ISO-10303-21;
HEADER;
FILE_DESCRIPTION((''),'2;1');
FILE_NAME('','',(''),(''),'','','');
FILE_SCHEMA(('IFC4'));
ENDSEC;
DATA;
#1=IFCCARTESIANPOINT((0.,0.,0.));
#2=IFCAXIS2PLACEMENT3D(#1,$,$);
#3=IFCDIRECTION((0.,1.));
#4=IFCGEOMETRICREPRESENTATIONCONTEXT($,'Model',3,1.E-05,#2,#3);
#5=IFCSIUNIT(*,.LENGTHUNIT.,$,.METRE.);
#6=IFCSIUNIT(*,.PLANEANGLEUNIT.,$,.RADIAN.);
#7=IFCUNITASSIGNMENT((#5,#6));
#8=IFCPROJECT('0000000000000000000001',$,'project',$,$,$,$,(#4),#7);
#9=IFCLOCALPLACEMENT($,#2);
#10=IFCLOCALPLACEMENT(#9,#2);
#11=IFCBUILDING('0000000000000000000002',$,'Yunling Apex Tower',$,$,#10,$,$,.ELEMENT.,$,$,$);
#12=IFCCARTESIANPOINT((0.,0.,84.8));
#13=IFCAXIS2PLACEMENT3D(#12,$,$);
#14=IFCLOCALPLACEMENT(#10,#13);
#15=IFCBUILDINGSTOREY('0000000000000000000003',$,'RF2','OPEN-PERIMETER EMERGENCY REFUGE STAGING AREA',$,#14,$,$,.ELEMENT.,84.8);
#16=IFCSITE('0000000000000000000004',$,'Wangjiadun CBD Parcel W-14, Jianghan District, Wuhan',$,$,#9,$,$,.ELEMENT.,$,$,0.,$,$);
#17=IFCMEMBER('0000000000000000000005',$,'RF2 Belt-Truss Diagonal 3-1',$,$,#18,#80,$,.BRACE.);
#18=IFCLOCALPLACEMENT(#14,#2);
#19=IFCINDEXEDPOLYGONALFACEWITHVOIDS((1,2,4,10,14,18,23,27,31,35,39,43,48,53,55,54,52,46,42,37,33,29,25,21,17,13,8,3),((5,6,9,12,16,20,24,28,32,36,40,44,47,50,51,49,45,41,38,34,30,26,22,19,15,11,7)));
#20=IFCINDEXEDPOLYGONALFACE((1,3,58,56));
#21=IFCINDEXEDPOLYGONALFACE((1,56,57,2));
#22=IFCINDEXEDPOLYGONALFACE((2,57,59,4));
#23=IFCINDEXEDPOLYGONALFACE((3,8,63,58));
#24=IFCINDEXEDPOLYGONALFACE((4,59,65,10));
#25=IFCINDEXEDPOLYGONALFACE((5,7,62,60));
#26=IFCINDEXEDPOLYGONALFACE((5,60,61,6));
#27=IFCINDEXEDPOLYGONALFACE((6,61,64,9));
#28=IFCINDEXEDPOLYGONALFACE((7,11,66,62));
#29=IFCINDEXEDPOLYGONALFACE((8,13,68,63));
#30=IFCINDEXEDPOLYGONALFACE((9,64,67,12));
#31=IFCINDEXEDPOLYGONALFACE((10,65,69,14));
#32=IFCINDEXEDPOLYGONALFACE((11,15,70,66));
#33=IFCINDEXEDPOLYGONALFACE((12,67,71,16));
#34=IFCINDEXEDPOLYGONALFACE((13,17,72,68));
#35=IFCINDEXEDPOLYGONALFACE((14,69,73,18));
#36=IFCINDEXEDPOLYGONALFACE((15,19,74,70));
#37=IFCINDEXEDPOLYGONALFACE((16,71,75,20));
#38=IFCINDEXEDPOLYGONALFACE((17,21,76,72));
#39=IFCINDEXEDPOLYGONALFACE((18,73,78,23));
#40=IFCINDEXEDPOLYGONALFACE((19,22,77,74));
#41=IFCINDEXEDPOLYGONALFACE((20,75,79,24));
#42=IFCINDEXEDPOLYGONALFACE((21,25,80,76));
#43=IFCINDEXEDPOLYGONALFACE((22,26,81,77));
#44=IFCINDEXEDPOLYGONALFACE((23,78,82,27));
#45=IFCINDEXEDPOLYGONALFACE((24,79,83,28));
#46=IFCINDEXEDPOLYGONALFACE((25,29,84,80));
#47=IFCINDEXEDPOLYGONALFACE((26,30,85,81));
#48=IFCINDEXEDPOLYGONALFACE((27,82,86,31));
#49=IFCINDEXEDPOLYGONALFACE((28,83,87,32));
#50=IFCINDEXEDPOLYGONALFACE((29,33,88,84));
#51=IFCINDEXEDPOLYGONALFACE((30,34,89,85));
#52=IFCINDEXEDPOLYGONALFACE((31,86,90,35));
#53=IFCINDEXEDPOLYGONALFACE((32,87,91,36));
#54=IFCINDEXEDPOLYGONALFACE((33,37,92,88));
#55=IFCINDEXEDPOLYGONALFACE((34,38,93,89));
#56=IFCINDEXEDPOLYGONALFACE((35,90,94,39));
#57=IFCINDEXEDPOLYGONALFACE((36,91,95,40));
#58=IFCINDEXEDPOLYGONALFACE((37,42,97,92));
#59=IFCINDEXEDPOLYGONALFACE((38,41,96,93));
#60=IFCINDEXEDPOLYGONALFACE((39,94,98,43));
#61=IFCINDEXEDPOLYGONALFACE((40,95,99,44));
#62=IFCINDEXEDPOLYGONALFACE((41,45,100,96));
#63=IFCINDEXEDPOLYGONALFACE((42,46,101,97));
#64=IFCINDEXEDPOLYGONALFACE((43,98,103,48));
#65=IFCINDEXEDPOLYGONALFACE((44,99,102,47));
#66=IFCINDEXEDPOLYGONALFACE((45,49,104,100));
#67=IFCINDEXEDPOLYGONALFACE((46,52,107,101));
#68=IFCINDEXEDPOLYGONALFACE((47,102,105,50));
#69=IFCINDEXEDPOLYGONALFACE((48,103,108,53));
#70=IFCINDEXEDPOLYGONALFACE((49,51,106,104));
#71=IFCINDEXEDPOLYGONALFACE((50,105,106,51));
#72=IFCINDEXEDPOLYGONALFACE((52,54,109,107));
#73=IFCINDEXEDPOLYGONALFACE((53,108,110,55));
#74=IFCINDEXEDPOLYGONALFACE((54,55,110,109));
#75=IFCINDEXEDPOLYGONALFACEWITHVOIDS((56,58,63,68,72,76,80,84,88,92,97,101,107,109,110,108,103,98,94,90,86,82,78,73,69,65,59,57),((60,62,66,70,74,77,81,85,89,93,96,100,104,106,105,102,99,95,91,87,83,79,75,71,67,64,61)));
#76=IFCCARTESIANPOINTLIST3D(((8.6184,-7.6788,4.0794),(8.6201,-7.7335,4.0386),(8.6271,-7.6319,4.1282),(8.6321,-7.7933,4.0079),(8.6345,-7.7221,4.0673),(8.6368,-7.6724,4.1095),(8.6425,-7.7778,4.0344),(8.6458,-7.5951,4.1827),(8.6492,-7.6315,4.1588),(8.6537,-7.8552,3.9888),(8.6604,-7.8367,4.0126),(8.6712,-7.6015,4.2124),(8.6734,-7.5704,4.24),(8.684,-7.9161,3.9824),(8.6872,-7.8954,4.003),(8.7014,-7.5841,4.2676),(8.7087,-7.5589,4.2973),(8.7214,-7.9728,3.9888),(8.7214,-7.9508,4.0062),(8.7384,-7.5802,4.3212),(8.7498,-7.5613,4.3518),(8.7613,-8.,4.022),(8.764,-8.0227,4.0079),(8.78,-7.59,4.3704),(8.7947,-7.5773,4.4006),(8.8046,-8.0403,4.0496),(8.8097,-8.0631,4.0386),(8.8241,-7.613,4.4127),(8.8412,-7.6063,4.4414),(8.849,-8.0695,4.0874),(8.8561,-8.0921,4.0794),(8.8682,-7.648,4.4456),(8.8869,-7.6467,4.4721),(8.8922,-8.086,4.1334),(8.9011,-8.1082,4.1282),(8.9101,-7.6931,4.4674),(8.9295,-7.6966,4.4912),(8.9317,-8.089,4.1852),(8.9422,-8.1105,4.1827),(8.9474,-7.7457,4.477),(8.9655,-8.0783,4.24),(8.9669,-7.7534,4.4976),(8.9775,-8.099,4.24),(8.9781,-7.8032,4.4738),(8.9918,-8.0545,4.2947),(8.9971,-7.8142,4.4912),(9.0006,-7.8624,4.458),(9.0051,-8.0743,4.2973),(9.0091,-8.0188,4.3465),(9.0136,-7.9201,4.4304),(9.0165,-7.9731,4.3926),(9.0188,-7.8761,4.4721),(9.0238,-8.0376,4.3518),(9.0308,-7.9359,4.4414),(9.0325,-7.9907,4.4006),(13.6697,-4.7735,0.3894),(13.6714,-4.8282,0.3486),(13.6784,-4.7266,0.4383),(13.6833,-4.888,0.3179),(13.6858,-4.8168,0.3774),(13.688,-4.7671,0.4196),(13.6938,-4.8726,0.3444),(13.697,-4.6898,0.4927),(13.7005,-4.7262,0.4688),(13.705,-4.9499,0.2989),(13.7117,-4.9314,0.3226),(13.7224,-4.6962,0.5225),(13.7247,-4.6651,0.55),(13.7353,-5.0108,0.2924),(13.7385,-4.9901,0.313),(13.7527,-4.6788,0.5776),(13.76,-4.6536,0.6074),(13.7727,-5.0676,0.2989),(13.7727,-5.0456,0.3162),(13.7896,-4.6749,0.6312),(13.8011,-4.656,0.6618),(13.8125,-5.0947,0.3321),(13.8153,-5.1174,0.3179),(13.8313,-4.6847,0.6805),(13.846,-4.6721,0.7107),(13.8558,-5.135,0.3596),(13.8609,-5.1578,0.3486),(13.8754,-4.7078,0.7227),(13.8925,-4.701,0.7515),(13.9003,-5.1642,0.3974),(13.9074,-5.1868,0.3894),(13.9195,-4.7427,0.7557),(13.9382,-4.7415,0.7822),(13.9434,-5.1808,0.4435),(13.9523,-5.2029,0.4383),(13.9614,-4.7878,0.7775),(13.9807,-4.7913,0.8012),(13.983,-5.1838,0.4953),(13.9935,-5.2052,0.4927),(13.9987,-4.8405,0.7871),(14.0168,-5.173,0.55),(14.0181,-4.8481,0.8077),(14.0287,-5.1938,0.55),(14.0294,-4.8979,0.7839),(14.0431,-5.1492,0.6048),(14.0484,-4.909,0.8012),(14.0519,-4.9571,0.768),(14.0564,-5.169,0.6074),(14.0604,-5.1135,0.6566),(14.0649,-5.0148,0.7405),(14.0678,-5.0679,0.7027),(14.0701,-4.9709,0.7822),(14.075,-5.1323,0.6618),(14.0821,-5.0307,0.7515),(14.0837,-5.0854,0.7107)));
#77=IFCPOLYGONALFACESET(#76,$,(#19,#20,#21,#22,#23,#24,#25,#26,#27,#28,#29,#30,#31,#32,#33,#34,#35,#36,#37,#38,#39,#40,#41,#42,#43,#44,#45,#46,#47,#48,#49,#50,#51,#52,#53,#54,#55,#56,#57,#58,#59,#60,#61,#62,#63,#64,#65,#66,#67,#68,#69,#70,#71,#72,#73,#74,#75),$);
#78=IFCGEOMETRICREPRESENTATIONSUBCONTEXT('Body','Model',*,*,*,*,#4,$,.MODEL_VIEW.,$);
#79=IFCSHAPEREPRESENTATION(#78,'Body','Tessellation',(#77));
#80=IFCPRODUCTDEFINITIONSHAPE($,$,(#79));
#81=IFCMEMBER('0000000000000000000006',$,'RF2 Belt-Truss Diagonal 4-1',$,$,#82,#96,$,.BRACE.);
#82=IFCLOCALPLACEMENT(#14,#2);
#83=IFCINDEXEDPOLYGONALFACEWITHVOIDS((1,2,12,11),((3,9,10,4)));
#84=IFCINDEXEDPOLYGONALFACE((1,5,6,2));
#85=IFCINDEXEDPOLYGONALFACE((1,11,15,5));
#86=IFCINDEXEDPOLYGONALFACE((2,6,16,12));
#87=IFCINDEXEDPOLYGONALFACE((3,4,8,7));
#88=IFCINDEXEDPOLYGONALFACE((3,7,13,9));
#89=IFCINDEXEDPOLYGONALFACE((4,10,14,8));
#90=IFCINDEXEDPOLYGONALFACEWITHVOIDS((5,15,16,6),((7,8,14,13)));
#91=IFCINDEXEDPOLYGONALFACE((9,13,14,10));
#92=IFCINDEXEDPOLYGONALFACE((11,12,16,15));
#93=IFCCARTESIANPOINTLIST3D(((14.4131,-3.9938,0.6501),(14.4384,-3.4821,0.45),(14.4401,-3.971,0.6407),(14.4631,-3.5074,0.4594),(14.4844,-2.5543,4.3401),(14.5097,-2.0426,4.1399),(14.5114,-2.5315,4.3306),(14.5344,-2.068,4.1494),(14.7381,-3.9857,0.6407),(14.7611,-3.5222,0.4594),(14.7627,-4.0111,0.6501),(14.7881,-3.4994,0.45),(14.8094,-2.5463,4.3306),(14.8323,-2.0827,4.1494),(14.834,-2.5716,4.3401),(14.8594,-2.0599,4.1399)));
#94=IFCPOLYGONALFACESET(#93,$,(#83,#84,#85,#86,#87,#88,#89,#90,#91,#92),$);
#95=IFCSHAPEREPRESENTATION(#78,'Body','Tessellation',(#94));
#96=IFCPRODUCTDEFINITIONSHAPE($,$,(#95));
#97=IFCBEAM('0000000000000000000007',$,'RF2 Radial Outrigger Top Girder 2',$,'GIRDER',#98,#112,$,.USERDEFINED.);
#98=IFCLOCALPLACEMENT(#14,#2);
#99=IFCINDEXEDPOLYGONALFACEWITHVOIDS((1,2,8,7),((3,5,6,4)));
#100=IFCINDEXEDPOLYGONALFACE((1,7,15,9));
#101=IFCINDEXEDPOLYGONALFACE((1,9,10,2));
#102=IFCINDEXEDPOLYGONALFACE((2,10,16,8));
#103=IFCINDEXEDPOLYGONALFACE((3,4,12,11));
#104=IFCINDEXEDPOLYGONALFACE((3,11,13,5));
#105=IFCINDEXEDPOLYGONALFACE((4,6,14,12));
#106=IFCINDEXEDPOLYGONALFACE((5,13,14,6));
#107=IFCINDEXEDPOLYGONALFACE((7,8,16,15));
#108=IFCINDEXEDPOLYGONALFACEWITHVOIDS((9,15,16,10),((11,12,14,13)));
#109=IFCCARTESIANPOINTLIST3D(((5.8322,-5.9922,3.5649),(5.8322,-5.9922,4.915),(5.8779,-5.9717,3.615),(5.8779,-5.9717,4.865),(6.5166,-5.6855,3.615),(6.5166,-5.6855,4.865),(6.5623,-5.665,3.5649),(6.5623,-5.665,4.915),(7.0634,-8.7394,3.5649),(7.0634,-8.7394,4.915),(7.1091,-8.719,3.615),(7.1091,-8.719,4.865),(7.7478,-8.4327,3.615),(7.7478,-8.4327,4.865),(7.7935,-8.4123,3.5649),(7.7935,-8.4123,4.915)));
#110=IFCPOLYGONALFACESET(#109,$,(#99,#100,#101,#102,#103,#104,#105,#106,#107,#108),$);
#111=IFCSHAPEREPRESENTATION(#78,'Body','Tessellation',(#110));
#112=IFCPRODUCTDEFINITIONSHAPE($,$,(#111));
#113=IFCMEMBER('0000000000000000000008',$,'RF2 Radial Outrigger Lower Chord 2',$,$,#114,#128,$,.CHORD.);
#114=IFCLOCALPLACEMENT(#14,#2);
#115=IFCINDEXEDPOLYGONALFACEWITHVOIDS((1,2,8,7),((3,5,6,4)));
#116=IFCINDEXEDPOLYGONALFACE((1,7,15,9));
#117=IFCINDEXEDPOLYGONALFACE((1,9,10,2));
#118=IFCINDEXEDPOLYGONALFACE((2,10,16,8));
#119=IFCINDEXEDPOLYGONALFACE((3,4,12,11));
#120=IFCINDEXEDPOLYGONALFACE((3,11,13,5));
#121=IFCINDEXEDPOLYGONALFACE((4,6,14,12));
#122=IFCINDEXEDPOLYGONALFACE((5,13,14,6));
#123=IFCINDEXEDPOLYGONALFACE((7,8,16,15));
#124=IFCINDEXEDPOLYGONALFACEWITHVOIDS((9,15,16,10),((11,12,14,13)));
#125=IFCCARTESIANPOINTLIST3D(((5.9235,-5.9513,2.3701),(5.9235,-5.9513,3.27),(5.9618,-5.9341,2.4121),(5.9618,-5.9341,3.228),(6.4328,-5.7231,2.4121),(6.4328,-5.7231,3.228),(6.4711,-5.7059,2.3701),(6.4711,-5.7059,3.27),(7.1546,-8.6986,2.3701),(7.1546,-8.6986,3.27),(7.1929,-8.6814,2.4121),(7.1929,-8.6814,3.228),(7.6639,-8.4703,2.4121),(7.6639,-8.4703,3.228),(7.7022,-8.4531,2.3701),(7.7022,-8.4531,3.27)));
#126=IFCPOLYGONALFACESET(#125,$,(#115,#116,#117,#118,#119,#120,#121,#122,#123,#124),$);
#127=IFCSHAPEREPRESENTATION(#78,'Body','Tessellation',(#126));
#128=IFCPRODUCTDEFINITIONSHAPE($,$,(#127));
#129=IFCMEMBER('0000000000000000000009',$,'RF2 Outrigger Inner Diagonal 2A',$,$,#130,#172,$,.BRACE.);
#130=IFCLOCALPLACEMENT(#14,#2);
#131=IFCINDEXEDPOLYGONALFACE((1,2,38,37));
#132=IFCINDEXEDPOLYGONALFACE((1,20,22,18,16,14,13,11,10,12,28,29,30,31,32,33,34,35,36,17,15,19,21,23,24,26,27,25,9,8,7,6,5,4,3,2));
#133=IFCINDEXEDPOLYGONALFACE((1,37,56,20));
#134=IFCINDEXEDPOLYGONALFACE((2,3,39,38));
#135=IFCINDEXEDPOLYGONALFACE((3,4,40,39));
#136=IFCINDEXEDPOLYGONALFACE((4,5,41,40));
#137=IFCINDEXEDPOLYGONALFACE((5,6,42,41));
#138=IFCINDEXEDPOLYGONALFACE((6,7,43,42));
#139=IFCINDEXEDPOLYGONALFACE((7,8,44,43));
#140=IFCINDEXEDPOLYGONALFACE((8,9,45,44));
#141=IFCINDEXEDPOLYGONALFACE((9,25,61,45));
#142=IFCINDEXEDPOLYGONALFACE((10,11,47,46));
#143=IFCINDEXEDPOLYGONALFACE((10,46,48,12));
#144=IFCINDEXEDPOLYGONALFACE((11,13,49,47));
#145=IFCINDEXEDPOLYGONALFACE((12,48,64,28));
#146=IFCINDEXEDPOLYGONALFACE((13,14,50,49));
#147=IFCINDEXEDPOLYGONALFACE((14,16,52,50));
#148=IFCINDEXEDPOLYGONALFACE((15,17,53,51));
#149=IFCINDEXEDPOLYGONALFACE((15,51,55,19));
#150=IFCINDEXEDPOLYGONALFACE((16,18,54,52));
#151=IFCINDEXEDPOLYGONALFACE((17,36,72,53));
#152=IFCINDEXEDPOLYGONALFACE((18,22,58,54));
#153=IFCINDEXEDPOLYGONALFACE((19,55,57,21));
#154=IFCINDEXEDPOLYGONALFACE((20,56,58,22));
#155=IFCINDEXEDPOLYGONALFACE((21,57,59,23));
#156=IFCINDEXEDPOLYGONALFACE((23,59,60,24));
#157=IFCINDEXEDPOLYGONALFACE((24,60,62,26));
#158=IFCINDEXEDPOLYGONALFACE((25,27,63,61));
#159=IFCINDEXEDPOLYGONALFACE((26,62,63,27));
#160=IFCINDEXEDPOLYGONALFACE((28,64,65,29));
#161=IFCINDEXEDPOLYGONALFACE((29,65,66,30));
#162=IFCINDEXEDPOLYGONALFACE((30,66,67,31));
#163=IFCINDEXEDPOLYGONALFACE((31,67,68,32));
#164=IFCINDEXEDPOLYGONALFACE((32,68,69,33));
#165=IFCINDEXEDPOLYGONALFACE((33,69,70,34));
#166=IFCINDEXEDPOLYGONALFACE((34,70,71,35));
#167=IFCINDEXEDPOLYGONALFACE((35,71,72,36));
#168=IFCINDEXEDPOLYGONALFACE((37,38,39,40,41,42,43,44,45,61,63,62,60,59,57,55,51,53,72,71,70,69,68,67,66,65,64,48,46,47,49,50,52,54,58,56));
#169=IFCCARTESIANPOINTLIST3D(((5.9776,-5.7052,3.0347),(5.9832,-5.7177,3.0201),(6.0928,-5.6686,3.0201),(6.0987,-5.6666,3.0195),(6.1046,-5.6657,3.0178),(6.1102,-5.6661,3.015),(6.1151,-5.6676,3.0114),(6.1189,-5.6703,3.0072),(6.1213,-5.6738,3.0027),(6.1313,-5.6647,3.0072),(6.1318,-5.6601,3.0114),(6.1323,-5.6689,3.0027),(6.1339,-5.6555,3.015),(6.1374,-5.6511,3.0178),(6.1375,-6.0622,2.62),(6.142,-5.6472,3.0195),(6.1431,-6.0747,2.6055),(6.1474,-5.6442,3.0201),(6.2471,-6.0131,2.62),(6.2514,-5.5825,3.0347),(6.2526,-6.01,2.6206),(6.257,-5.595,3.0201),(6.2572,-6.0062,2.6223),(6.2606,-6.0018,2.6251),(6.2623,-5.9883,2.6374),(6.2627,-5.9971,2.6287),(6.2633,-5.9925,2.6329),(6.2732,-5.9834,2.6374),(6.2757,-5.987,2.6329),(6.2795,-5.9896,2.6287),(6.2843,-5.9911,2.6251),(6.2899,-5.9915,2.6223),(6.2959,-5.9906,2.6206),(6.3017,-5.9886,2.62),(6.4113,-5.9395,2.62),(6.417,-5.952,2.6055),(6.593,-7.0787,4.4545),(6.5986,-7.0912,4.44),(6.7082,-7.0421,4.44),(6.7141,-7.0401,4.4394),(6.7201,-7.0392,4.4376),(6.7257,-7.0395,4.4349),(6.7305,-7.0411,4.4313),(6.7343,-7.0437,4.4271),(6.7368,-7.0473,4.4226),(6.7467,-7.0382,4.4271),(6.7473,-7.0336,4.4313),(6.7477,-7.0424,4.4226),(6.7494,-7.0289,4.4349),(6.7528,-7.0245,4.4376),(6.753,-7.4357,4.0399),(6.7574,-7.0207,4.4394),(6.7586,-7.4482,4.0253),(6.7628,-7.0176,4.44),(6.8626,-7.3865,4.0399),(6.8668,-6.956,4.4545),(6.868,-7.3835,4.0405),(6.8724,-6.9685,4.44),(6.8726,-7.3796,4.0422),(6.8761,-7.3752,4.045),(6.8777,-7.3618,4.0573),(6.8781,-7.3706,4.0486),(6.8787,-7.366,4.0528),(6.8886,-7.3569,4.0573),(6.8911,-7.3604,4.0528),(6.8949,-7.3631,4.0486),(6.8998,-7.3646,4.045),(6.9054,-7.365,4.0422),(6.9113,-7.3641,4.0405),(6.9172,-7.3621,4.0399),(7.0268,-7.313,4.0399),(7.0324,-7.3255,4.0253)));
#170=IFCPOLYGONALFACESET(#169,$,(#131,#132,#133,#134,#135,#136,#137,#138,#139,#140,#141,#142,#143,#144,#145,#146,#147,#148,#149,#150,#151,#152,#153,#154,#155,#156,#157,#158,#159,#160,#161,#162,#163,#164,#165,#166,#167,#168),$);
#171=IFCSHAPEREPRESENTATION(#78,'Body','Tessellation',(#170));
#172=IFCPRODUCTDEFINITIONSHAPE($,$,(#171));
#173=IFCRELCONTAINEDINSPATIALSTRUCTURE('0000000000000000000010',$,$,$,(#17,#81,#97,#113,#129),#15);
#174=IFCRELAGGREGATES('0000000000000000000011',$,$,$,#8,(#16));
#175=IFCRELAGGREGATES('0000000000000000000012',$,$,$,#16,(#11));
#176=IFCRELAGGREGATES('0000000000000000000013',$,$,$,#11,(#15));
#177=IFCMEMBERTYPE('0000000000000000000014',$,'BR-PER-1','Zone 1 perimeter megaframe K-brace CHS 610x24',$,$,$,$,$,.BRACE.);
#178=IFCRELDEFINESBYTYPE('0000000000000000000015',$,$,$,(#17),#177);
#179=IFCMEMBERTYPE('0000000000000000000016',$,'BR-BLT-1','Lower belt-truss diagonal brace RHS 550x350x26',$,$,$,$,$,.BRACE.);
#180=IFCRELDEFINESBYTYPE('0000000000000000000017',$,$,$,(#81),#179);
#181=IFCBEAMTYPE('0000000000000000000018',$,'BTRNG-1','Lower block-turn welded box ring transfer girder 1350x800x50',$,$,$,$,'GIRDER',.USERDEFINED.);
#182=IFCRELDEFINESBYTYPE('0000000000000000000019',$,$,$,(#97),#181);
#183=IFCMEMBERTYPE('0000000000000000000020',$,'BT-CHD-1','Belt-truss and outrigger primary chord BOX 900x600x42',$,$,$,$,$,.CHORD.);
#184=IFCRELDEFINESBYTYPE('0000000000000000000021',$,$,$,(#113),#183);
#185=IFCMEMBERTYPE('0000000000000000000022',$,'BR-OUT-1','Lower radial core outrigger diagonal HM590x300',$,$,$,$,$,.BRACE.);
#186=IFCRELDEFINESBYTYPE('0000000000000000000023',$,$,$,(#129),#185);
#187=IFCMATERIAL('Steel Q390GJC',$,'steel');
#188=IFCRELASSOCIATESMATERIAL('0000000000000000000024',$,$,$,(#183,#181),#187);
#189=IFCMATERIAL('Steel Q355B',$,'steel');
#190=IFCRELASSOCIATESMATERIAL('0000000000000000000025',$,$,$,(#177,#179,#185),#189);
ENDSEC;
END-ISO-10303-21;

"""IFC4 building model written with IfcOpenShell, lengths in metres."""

from ifc_helpers import new_model, si_unit, direction, frame, origin, origin_2d, place, context, subcontext, project, spatial, hollow_rectangle, hollow_circle, i_section, extrude, source, transform, mapped, material, material_profile, profile_set, type_object, element, save


model = new_model("IFC4")

# Units and contexts
model_context = context("Model", 3, precision=1e-05, world=origin(), true_north=direction((0.0, 1.0)))
body_context = subcontext(model_context, "Body", "Model", "MODEL_VIEW")
ifc_project = project(units=[si_unit("LENGTHUNIT", "METRE"), si_unit("PLANEANGLEUNIT", "RADIAN")], contexts=[model_context])

# Site, building, storey
site_placement = place(None, origin())
site = spatial("IfcSite", under=ifc_project, at=site_placement, Name="Wangjiadun CBD Parcel W-14, Jianghan District, Wuhan", CompositionType="ELEMENT", RefElevation=0.0)
building_placement = place(site_placement, origin())
building = spatial("IfcBuilding", under=site, at=building_placement, Name="Yunling Apex Tower", CompositionType="ELEMENT")
storey_placement = place(building_placement, frame((0.0, 0.0, 84.8)))
storey = spatial("IfcBuildingStorey", under=building, at=storey_placement, Name="RF2", Description="OPEN-PERIMETER EMERGENCY REFUGE STAGING AREA", CompositionType="ELEMENT", Elevation=84.8)

# Shared definitions
ifc_material_1 = material(Name="Steel Q390GJC", Category="steel")

# Shared definitions
ifc_material_2 = material(Name="Steel Q355B", Category="steel")

# Shared definitions
ifc_material_profile_1 = material_profile(ifc_material_1, hollow_rectangle(XDim=0.6001, YDim=0.8999, WallThickness=0.042, at=origin_2d()))
ifc_profile_set_1 = profile_set([ifc_material_profile_1], Name="Steel Q390GJC")
member_type_1 = type_object("IfcMemberType", Name="BT-CHD-1", Description="Belt-truss and outrigger primary chord BOX 900x600x42", PredefinedType="CHORD", material=ifc_profile_set_1)

# Shared definitions
ifc_material_profile_2 = material_profile(ifc_material_1, hollow_rectangle(XDim=0.8, YDim=1.3501, WallThickness=0.05, at=origin_2d()))
ifc_profile_set_2 = profile_set([ifc_material_profile_2], Name="Steel Q390GJC")
beam_type_1 = type_object("IfcBeamType", Name="BTRNG-1", Description="Lower block-turn welded box ring transfer girder 1350x800x50", ElementType="GIRDER", PredefinedType="USERDEFINED", material=ifc_profile_set_2)

# Members
ifc_material_profile_3 = material_profile(ifc_material_2, hollow_circle(Radius=0.3049, WallThickness=0.0239, at=origin_2d()))
ifc_profile_set_3 = profile_set([ifc_material_profile_3], Name="Steel Q355B")
member_type_2 = type_object("IfcMemberType", Name="BR-PER-1", Description="Zone 1 perimeter megaframe K-brace CHS 610x24", PredefinedType="BRACE", material=ifc_profile_set_3)
shared_shape_1 = source(origin(), body_context, "Body", "SweptSolid", [
    extrude(hollow_circle(Radius=0.3049, WallThickness=0.0239, at=origin_2d()), origin(), (0.0, 0.0, 1.0), 6.8972),
])
member_1_placement = place(storey_placement, frame((13.8767, -4.9294, 0.55), z_axis=(-0.732363, -0.421224, 0.53499), x_axis=(0.498573, -0.866847, 0.0)))
element("IfcMember", 1, at=member_1_placement, inside=storey, type_object=member_type_2, Name="RF2 Belt-Truss Diagonal 3-1", PredefinedType="BRACE", context=body_context, shape_type="MappedRepresentation", body=[
    mapped(shared_shape_1, transform((0.0, 0.0, 0.0), scale=1.0)),
])
ifc_material_profile_4 = material_profile(ifc_material_2, hollow_rectangle(XDim=0.3501, YDim=0.55, WallThickness=0.0259, at=origin_2d()))
ifc_profile_set_4 = profile_set([ifc_material_profile_4], Name="Steel Q355B")
member_type_3 = type_object("IfcMemberType", Name="BR-BLT-1", Description="Lower belt-truss diagonal brace RHS 550x350x26", PredefinedType="BRACE", material=ifc_profile_set_4)
shared_shape_2 = source(origin(), body_context, "Body", "SweptSolid", [
    extrude(hollow_rectangle(XDim=0.3501, YDim=0.55, WallThickness=0.0259, at=origin_2d()), origin(), (0.0, 0.0, 1.0), 3.9614),
])
member_2_placement = place(storey_placement, frame((14.6006, -3.7466, 0.55), z_axis=(0.017996, 0.363369, 0.931472), x_axis=(-0.998776, 0.049464, 0.0)))
element("IfcMember", 2, at=member_2_placement, inside=storey, type_object=member_type_3, Name="RF2 Belt-Truss Diagonal 4-1", PredefinedType="BRACE", context=body_context, shape_type="MappedRepresentation", body=[
    mapped(shared_shape_2, transform((0.0, 0.0, 0.0), scale=1.0)),
])

# Beam
shared_shape_3 = source(origin(), body_context, "Body", "SweptSolid", [
    extrude(hollow_rectangle(XDim=0.8, YDim=1.3501, WallThickness=0.05, at=origin_2d()), origin(), (0.0, 0.0, 1.0), 3.0105),
])
beam_1_placement = place(storey_placement, frame((6.1973, -5.8286, 4.24), z_axis=(0.408958, -0.912553, 0.0), x_axis=(0.912553, 0.408958, 0.0)))
element("IfcBeam", 3, at=beam_1_placement, inside=storey, type_object=beam_type_1, Name="RF2 Radial Outrigger Top Girder 2", ObjectType="GIRDER", PredefinedType="USERDEFINED", context=body_context, shape_type="MappedRepresentation", body=[
    mapped(shared_shape_3, transform((0.0, 0.0, 0.0), scale=1.0)),
])

# Members
shared_shape_4 = source(origin(), body_context, "Body", "SweptSolid", [
    extrude(hollow_rectangle(XDim=0.6001, YDim=0.8999, WallThickness=0.042, at=origin_2d()), origin(), (0.0, 0.0, 1.0), 3.0105),
])
member_3_placement = place(storey_placement, frame((6.1973, -5.8286, 2.8201), z_axis=(0.408958, -0.912553, 0.0), x_axis=(0.912553, 0.408958, 0.0)))
element("IfcMember", 4, at=member_3_placement, inside=storey, type_object=member_type_1, Name="RF2 Radial Outrigger Lower Chord 2", PredefinedType="CHORD", context=body_context, shape_type="MappedRepresentation", body=[
    mapped(shared_shape_4, transform((0.0, 0.0, 0.0), scale=1.0)),
])
ifc_material_profile_5 = material_profile(ifc_material_2, i_section(OverallWidth=0.3, OverallDepth=0.5901, WebThickness=0.012, FlangeThickness=0.02, FilletRadius=0.0239, at=origin_2d()))
ifc_profile_set_5 = profile_set([ifc_material_profile_5], Name="Steel Q355B")
member_type_4 = type_object("IfcMemberType", Name="BR-OUT-1", Description="Lower radial core outrigger diagonal HM590x300", PredefinedType="BRACE", material=ifc_profile_set_5)
shared_shape_5 = source(origin(), body_context, "Body", "SweptSolid", [
    extrude(i_section(OverallWidth=0.3, OverallDepth=0.5901, WebThickness=0.012, FlangeThickness=0.02, FilletRadius=0.0239, at=origin_2d()), origin(), (0.0, 0.0, 1.0), 2.0691),
])
member_4_placement = place(storey_placement, frame((6.1973, -5.8286, 2.8201), z_axis=(0.297447, -0.6638, 0.686218), x_axis=(0.91257, 0.408921, 0.0)))
element("IfcMember", 5, at=member_4_placement, inside=storey, type_object=member_type_4, Name="RF2 Outrigger Inner Diagonal 2A", PredefinedType="BRACE", context=body_context, shape_type="MappedRepresentation", body=[
    mapped(shared_shape_5, transform((0.0, 0.0, 0.0), scale=1.0)),
])

save(model, "model.ifc")
